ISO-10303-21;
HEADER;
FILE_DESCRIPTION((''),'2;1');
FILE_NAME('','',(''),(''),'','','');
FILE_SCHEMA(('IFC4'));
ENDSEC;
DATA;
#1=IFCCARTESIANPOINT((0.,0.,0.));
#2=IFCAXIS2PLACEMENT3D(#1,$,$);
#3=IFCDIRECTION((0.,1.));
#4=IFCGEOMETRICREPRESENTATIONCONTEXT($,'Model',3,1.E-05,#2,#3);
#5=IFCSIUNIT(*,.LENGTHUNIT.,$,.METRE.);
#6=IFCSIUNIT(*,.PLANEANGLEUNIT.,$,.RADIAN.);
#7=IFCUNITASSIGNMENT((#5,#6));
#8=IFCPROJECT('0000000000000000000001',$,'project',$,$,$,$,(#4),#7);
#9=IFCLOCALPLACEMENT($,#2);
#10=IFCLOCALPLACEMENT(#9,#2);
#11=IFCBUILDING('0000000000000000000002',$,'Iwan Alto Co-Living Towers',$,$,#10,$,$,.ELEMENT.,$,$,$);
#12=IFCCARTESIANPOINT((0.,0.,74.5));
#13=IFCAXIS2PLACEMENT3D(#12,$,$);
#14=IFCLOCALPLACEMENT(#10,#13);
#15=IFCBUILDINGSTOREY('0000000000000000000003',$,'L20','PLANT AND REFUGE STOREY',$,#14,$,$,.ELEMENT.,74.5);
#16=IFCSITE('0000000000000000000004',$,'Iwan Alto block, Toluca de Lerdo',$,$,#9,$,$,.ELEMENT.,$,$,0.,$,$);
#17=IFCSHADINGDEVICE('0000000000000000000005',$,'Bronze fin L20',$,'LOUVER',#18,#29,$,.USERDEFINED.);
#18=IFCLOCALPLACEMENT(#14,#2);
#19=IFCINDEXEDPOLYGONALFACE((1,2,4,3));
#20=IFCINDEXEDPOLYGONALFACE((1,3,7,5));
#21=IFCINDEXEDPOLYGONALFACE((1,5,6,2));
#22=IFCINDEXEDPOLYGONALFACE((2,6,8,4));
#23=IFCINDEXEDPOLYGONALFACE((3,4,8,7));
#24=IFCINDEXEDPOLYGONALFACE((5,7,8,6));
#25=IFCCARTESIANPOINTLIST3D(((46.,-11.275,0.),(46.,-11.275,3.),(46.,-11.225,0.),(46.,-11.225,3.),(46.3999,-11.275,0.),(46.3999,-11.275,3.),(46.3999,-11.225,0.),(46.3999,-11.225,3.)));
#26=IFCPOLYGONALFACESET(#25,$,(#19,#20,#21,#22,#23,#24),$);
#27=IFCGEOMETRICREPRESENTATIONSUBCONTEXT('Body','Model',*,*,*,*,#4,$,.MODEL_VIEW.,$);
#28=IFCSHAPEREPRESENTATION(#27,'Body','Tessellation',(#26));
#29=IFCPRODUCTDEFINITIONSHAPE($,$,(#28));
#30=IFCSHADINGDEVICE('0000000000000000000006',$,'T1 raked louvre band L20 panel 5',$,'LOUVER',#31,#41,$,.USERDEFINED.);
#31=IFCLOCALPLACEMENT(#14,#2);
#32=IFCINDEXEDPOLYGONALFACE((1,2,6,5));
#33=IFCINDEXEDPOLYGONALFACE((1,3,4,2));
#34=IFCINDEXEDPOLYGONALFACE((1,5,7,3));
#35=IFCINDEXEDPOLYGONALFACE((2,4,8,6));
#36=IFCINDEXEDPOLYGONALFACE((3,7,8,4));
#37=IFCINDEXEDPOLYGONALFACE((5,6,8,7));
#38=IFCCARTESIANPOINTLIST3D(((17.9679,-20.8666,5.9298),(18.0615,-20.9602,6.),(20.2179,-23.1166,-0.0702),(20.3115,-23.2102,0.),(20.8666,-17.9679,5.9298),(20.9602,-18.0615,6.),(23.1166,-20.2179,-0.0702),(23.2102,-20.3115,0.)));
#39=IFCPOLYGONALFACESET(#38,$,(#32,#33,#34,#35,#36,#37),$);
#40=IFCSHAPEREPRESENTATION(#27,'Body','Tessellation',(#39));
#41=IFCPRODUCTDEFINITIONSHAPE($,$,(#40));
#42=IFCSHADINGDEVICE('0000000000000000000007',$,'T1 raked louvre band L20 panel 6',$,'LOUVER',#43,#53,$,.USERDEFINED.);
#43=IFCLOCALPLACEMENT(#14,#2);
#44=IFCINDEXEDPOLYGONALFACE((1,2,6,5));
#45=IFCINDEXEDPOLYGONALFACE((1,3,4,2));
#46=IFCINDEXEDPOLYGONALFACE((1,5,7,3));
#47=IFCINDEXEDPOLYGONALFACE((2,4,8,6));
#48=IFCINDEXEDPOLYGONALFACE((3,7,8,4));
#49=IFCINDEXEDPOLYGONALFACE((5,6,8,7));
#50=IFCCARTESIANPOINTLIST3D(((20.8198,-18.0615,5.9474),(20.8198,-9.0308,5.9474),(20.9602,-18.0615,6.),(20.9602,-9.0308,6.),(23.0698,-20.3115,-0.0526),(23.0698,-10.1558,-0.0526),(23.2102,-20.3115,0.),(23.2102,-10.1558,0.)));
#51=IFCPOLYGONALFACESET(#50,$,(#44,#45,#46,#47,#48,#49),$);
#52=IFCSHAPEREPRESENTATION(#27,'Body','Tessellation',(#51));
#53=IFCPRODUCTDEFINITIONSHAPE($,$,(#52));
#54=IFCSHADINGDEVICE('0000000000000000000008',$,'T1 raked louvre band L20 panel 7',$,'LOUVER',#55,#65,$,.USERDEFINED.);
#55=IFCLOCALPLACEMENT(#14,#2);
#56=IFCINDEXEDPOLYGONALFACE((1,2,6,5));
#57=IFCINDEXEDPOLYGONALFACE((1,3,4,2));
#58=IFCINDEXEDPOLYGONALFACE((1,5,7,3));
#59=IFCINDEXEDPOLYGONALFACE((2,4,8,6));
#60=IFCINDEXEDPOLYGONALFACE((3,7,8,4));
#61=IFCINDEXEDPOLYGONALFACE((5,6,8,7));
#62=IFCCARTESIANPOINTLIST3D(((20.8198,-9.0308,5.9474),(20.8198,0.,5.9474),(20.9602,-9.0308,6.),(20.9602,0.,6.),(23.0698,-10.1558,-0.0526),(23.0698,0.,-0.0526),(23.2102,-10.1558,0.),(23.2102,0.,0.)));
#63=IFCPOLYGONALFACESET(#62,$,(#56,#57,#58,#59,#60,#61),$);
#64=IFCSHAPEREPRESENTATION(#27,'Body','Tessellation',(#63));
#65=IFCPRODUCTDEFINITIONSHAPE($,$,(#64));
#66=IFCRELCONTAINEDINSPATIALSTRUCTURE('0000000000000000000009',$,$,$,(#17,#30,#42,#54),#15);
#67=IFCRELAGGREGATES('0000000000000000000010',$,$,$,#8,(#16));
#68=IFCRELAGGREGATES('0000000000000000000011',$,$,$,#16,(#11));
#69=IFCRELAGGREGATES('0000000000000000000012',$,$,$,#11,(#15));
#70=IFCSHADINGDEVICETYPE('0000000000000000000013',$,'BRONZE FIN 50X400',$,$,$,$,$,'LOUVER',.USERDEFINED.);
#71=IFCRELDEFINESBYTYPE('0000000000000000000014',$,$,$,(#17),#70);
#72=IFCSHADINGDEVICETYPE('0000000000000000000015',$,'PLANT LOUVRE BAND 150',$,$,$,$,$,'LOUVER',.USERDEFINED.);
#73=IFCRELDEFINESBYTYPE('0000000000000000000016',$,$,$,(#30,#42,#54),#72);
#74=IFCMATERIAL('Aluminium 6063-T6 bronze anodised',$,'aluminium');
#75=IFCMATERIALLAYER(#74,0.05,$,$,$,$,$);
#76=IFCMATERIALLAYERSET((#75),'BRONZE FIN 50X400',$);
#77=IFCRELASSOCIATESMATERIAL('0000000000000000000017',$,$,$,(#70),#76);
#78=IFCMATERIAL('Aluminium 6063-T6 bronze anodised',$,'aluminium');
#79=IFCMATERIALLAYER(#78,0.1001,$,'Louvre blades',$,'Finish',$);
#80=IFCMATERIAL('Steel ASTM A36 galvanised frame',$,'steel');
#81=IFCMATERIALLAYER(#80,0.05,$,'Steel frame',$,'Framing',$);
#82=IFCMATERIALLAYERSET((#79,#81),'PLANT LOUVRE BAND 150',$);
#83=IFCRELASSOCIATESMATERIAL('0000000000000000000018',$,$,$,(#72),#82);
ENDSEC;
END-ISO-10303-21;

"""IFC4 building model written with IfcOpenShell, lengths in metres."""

from ifc_helpers import new_model, si_unit, direction, frame, origin, origin_2d, place, context, subcontext, project, spatial, polyline, rectangle, outline, extrude, material, layer, layer_set, type_object, element, save


model = new_model("IFC4")

# Units and contexts
model_context = context("Model", 3, precision=1e-05, world=origin(), true_north=direction((0.0, 1.0)))
body_context = subcontext(model_context, "Body", "Model", "MODEL_VIEW")
ifc_project = project(units=[si_unit("LENGTHUNIT", "METRE"), si_unit("PLANEANGLEUNIT", "RADIAN")], contexts=[model_context])

# Site, building, storey
site_placement = place(None, origin())
site = spatial("IfcSite", under=ifc_project, at=site_placement, Name="Iwan Alto block, Toluca de Lerdo", CompositionType="ELEMENT", RefElevation=0.0)
building_placement = place(site_placement, origin())
building = spatial("IfcBuilding", under=site, at=building_placement, Name="Iwan Alto Co-Living Towers", CompositionType="ELEMENT")
storey_placement = place(building_placement, frame((0.0, 0.0, 74.5)))
storey = spatial("IfcBuildingStorey", under=building, at=storey_placement, Name="L20", Description="PLANT AND REFUGE STOREY", CompositionType="ELEMENT", Elevation=74.5)

# Shared definitions
ifc_material_1 = material(Name="Aluminium 6063-T6 bronze anodised", Category="aluminium")

# Shading devices
ifc_material_2 = material(Name="Aluminium 6063-T6 bronze anodised", Category="aluminium")
ifc_layer_1 = layer(ifc_material_2, 0.05)
ifc_layer_set_1 = layer_set([ifc_layer_1], Name="BRONZE FIN 50X400")
shading_device_type_1 = type_object("IfcShadingDeviceType", Name="BRONZE FIN 50X400", ElementType="LOUVER", PredefinedType="USERDEFINED", material=ifc_layer_set_1)
for number, where, z_axis, x_axis, name in (
    (1, (46.2, -11.25, 0.0), (0.0, 0.0, 1.0), (0.0, -1.0, 0.0), "Bronze fin L20"),
):
    element("IfcShadingDevice", number, at=place(storey_placement, frame(where, z_axis=z_axis, x_axis=x_axis)), inside=storey, type_object=shading_device_type_1, Name=name, ObjectType="LOUVER", PredefinedType="USERDEFINED", context=body_context, shape_type="SweptSolid", body=[
        extrude(rectangle(XDim=0.05, YDim=0.3999, at=origin_2d()), origin(), (0.0, 0.0, 1.0), 3.0),
    ])
ifc_layer_2 = layer(ifc_material_1, 0.1001, Name="Louvre blades", Category="Finish")
ifc_material_3 = material(Name="Steel ASTM A36 galvanised frame", Category="steel")
ifc_layer_3 = layer(ifc_material_3, 0.05, Name="Steel frame", Category="Framing")
ifc_layer_set_2 = layer_set([ifc_layer_2, ifc_layer_3], Name="PLANT LOUVRE BAND 150")
shading_device_type_2 = type_object("IfcShadingDeviceType", Name="PLANT LOUVRE BAND 150", ElementType="LOUVER", PredefinedType="USERDEFINED", material=ifc_layer_set_2)
shading_device_1_placement = place(storey_placement, frame((20.3115, -23.2102, 0.0), z_axis=(0.624695, -0.624695, 0.468521), x_axis=(0.707107, 0.707107, 0.0)))
element("IfcShadingDevice", 2, at=shading_device_1_placement, inside=storey, type_object=shading_device_type_2, Name="T1 raked louvre band L20 panel 5", ObjectType="LOUVER", PredefinedType="USERDEFINED", context=body_context, shape_type="SweptSolid", body=[
    extrude(outline(polyline([(0.0, 0.0), (4.0994, 0.0), (4.0994, 6.7915), (0.0, 6.7915), (0.0, 0.0)])), origin(), (0.0, 0.0, -1.0), 0.1499),
])
shading_device_2_placement = place(storey_placement, frame((23.2102, -20.3115, 0.0), z_axis=(0.936329, 0.0, 0.351123), x_axis=(0.0, 1.0, 0.0)))
element("IfcShadingDevice", 3, at=shading_device_2_placement, inside=storey, type_object=shading_device_type_2, Name="T1 raked louvre band L20 panel 6", ObjectType="LOUVER", PredefinedType="USERDEFINED", context=body_context, shape_type="SweptSolid", body=[
    extrude(outline(polyline([(0.0, 0.0), (10.1558, 0.0), (11.2808, 6.408), (2.25, 6.408), (0.0, 0.0)])), origin(), (0.0, 0.0, -1.0), 0.1499),
])
shading_device_3_placement = place(storey_placement, frame((23.2102, -10.1558, 0.0), z_axis=(0.936329, 0.0, 0.351123), x_axis=(0.0, 1.0, 0.0)))
element("IfcShadingDevice", 4, at=shading_device_3_placement, inside=storey, type_object=shading_device_type_2, Name="T1 raked louvre band L20 panel 7", ObjectType="LOUVER", PredefinedType="USERDEFINED", context=body_context, shape_type="SweptSolid", body=[
    extrude(outline(polyline([(0.0, 0.0), (10.1558, 0.0), (10.1558, 6.408), (1.125, 6.408), (0.0, 0.0)])), origin(), (0.0, 0.0, -1.0), 0.1499),
])

save(model, "model.ifc")
